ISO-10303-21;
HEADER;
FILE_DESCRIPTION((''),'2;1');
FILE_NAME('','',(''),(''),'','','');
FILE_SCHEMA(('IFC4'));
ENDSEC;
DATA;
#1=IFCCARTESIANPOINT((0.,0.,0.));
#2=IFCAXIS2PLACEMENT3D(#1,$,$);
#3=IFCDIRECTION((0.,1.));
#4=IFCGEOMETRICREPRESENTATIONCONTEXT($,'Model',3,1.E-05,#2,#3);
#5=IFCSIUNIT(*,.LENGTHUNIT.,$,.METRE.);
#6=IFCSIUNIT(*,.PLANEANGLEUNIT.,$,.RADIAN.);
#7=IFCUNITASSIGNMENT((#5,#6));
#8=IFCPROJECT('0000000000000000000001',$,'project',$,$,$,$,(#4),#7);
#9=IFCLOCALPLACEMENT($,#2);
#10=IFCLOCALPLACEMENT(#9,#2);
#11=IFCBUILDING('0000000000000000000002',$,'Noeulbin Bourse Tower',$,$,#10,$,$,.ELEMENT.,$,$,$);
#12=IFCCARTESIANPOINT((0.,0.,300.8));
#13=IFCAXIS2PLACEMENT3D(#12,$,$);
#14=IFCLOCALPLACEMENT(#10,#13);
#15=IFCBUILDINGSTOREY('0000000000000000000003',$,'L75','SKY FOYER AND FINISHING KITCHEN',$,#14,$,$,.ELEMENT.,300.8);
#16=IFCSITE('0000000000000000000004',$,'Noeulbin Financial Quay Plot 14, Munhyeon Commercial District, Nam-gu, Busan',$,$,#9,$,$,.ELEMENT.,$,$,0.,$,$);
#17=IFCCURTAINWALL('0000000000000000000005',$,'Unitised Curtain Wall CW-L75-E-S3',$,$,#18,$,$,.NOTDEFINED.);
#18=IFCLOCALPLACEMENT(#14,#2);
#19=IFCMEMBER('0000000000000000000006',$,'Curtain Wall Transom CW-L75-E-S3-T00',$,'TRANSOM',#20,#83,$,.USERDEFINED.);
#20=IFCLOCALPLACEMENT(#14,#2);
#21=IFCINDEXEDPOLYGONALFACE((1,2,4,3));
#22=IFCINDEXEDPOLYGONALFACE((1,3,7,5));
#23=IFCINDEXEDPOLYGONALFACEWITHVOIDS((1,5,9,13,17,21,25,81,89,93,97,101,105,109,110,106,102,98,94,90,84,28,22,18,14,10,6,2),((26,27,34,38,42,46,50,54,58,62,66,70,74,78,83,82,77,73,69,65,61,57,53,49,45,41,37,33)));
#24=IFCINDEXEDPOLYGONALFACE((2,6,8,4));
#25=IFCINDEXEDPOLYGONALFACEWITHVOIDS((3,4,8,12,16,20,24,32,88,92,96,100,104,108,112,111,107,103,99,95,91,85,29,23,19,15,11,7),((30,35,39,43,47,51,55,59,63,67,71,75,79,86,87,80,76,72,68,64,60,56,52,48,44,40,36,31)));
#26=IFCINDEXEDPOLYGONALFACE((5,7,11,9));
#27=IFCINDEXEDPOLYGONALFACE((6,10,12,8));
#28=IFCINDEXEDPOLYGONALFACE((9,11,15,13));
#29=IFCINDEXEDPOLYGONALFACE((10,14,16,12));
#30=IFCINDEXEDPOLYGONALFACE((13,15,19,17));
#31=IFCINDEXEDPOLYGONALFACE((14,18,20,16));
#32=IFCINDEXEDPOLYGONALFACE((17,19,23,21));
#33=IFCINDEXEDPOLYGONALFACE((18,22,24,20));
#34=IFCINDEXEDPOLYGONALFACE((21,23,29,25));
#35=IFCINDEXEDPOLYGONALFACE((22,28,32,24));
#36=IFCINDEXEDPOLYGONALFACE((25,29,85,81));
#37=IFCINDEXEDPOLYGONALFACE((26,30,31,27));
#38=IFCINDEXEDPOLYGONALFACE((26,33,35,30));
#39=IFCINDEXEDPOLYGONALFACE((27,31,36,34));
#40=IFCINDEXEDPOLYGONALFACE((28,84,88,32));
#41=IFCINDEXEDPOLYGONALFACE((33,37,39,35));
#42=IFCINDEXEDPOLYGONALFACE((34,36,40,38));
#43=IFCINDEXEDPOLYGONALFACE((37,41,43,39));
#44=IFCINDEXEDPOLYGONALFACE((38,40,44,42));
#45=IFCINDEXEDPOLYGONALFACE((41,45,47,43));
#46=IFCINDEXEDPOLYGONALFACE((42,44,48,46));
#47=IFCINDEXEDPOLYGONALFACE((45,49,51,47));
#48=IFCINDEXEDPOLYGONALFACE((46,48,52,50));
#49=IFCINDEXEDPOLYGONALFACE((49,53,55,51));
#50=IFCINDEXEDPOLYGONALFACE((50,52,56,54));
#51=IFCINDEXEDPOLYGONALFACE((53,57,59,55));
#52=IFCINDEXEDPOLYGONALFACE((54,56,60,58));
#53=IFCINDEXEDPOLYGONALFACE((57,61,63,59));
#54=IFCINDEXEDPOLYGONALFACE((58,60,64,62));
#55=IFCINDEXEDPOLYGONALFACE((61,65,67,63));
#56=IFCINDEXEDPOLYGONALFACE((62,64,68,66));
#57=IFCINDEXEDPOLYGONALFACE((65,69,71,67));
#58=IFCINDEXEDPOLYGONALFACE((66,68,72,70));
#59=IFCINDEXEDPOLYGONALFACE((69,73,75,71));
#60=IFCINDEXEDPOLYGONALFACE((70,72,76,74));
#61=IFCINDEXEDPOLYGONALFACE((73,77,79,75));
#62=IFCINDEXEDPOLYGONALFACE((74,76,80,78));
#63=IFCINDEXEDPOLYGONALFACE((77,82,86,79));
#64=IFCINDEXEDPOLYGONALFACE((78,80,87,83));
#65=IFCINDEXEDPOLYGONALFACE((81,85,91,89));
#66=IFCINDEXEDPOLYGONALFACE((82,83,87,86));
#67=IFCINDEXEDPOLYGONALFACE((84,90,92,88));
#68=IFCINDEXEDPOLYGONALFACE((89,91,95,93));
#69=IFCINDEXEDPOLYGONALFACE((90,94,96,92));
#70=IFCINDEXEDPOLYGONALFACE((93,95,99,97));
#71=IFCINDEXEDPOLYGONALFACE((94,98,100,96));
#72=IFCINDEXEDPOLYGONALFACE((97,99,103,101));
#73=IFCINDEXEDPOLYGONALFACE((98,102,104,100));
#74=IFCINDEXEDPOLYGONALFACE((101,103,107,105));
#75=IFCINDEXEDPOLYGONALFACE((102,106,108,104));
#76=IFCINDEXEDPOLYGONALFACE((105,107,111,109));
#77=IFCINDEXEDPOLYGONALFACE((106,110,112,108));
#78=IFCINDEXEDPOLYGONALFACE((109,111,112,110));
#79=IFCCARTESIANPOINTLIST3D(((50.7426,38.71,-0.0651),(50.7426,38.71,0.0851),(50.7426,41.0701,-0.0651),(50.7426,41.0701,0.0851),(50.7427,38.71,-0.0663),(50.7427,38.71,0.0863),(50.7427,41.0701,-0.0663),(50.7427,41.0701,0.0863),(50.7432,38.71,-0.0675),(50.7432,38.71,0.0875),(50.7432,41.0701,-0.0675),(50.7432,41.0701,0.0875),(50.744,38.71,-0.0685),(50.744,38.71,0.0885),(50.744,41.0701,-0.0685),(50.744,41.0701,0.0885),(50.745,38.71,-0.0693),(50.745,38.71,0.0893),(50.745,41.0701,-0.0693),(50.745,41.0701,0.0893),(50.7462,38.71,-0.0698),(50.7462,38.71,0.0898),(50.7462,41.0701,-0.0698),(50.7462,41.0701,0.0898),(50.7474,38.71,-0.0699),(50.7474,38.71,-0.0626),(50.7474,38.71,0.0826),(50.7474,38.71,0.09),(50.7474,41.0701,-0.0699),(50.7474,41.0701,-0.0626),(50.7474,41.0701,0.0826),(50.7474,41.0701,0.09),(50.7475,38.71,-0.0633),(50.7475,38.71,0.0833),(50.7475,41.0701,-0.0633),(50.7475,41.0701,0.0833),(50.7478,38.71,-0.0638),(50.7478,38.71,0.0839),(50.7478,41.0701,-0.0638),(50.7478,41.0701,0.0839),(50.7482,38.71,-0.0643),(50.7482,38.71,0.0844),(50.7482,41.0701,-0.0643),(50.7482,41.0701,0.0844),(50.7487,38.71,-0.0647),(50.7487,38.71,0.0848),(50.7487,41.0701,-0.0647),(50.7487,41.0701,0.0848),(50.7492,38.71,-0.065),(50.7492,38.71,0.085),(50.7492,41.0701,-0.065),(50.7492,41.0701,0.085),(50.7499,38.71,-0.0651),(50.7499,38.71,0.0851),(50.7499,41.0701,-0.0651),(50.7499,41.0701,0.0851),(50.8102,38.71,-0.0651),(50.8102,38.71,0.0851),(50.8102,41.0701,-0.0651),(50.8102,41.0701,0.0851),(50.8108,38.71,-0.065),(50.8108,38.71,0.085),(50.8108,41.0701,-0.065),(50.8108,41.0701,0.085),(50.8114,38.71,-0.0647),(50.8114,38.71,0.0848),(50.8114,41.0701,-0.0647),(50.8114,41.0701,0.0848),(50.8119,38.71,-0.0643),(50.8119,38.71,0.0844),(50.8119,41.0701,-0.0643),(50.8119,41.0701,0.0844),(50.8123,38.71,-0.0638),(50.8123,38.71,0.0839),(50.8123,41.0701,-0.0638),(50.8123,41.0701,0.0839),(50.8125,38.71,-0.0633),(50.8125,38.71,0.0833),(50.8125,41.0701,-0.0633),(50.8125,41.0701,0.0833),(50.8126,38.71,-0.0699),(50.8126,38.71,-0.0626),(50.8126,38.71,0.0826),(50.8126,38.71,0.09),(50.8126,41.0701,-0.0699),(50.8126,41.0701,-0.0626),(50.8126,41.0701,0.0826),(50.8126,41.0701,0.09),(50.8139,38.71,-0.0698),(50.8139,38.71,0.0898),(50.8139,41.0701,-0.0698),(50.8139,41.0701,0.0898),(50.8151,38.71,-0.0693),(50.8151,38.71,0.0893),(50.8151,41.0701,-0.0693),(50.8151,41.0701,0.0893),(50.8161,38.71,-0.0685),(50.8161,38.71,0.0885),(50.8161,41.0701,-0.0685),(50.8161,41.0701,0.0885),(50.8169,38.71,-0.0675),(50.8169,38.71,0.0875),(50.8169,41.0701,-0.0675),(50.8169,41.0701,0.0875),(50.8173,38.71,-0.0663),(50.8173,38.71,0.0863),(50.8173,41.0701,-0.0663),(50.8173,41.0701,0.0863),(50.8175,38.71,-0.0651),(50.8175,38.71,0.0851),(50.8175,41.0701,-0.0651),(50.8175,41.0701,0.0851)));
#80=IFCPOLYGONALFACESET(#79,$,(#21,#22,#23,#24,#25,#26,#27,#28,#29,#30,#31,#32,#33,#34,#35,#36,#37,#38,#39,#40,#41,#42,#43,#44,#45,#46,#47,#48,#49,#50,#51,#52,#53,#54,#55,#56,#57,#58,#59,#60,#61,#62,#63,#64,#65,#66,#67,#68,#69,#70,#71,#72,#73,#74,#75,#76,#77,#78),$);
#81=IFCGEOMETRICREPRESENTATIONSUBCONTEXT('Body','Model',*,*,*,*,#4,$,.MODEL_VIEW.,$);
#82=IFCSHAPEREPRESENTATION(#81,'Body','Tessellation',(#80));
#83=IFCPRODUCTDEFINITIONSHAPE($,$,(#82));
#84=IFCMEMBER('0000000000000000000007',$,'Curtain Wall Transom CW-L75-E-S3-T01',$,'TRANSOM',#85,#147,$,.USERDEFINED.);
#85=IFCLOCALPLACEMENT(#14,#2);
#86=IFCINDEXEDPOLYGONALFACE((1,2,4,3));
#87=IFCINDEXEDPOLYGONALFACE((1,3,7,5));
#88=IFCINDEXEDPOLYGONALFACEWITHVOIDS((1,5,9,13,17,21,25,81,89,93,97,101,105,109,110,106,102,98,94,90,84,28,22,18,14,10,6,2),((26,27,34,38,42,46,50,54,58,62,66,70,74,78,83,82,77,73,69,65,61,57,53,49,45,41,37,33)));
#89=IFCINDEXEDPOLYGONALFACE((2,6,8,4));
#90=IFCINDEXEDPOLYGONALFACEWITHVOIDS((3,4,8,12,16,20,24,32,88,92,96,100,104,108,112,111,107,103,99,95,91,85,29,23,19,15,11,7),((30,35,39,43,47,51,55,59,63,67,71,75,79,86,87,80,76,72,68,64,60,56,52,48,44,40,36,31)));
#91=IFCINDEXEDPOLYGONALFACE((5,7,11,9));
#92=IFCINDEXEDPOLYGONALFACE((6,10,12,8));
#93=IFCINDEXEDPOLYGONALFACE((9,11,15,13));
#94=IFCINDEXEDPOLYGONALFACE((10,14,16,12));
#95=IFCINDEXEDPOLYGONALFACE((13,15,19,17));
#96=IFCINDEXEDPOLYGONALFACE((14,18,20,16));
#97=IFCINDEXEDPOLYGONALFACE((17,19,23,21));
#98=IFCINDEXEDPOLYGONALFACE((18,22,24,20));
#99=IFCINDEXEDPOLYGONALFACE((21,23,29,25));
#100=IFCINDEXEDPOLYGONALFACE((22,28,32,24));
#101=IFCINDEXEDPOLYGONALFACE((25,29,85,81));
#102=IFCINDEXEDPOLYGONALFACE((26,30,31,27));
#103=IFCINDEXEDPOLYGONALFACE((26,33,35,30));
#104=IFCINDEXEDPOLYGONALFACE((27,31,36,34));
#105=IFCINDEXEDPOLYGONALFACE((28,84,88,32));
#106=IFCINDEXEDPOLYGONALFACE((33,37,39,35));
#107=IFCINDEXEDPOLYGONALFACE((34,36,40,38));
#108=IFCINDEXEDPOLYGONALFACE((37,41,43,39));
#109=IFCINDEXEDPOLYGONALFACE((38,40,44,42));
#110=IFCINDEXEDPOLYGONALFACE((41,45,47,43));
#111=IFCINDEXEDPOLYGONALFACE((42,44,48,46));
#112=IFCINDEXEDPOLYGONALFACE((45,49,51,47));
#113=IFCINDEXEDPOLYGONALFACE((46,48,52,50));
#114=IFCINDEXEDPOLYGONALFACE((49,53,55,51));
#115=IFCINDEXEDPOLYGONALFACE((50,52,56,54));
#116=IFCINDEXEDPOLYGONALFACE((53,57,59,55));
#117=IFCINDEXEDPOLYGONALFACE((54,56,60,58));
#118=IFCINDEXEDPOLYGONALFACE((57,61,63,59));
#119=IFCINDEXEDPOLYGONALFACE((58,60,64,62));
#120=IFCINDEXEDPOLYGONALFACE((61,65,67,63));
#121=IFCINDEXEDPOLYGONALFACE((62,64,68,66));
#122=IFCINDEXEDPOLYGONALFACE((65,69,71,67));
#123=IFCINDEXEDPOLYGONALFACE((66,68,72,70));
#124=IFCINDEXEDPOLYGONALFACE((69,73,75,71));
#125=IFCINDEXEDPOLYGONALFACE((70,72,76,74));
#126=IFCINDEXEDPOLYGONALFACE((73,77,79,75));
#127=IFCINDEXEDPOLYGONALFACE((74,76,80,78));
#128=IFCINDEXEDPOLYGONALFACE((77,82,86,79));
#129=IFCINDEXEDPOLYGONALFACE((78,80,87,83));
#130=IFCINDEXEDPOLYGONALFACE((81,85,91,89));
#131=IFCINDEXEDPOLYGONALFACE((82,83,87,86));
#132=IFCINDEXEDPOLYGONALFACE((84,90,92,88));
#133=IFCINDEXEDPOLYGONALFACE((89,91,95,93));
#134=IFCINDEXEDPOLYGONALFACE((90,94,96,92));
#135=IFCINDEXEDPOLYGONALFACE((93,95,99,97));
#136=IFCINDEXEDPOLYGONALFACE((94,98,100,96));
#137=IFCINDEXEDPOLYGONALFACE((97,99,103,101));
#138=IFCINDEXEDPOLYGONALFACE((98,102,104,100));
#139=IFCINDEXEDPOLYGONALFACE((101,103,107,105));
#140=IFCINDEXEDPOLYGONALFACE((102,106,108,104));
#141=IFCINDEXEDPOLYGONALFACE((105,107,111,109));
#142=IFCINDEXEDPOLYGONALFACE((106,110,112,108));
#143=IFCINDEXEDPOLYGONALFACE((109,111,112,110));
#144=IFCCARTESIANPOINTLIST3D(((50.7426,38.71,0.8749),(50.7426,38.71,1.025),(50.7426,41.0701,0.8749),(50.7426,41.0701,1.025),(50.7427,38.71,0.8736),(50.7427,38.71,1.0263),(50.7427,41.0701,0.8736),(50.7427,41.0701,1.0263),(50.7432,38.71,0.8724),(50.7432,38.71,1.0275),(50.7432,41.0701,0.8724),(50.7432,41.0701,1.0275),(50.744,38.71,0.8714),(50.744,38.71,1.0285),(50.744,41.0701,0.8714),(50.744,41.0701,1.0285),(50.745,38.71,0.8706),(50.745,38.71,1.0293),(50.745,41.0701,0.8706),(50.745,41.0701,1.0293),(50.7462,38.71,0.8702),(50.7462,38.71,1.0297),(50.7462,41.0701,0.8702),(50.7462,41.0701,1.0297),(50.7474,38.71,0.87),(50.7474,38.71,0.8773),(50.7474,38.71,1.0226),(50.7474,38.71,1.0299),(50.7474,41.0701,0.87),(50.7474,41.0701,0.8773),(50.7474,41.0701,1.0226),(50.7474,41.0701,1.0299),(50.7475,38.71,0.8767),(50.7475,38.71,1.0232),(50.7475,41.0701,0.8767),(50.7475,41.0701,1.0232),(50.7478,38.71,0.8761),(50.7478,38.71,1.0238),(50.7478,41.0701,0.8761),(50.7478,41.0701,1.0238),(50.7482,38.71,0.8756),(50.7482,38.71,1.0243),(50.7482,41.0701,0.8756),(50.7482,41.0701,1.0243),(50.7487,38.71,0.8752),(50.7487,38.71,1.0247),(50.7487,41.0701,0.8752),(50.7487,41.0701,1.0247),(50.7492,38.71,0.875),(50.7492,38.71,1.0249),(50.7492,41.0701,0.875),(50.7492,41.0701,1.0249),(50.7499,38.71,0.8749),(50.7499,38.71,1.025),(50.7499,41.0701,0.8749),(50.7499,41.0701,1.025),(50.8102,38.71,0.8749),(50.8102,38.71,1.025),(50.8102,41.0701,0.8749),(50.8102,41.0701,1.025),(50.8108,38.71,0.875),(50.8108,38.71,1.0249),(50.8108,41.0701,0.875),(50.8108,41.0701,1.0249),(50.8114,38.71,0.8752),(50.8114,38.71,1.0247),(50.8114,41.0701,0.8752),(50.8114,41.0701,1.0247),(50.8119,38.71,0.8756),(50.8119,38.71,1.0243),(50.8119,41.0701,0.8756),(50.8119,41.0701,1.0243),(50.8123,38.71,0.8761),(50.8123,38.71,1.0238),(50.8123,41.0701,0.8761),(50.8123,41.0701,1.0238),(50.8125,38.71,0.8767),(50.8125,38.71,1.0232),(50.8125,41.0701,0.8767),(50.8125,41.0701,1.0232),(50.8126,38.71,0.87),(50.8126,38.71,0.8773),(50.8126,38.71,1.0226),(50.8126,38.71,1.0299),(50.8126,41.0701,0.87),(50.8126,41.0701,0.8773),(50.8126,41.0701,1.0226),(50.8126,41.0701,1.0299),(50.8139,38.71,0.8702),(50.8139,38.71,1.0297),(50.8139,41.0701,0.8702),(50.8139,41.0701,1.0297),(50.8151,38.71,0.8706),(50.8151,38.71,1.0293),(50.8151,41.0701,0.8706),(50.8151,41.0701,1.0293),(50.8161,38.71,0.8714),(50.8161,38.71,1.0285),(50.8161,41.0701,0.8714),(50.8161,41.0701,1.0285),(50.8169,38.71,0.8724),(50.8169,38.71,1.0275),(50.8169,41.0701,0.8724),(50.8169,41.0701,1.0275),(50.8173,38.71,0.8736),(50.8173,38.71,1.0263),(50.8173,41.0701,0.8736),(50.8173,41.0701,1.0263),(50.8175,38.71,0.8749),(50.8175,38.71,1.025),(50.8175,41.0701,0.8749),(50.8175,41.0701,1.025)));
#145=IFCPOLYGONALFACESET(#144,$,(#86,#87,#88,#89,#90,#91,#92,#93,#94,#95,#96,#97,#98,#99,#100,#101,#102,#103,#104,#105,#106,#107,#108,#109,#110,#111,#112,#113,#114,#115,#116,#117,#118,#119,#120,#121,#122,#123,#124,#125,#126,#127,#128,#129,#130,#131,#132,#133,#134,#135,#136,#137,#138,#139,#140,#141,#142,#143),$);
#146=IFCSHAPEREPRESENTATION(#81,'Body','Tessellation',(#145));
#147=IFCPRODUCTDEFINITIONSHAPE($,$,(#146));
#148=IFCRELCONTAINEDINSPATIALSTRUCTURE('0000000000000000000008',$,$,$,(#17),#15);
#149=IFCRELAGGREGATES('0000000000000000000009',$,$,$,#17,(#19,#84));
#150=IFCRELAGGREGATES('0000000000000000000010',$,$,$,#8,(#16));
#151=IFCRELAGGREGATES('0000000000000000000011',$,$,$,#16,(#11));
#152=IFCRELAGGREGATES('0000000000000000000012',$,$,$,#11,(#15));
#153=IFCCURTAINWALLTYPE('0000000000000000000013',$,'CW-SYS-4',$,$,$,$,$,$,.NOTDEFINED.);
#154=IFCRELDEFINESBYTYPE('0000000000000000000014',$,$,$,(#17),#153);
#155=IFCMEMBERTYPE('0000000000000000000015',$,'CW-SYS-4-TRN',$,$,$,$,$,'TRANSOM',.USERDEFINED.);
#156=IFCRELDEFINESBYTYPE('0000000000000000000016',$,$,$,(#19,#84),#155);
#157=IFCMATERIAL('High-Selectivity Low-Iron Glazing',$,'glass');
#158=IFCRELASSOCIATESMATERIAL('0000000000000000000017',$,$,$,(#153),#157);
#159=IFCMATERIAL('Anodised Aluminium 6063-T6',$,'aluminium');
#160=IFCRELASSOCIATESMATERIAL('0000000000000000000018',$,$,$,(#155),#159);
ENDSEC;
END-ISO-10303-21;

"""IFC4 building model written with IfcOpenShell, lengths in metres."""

from ifc_helpers import new_model, si_unit, direction, frame, origin, origin_2d, place, context, subcontext, project, spatial, hollow_rectangle, extrude, material, material_profile, profile_set, type_object, element, aggregate, save


model = new_model("IFC4")

# Units and contexts
model_context = context("Model", 3, precision=1e-05, world=origin(), true_north=direction((0.0, 1.0)))
body_context = subcontext(model_context, "Body", "Model", "MODEL_VIEW")
ifc_project = project(units=[si_unit("LENGTHUNIT", "METRE"), si_unit("PLANEANGLEUNIT", "RADIAN")], contexts=[model_context])

# Site, building, storey
site_placement = place(None, origin())
site = spatial("IfcSite", under=ifc_project, at=site_placement, Name="Noeulbin Financial Quay Plot 14, Munhyeon Commercial District, Nam-gu, Busan", CompositionType="ELEMENT", RefElevation=0.0)
building_placement = place(site_placement, origin())
building = spatial("IfcBuilding", under=site, at=building_placement, Name="Noeulbin Bourse Tower", CompositionType="ELEMENT")
storey_placement = place(building_placement, frame((0.0, 0.0, 300.8)))
storey = spatial("IfcBuildingStorey", under=building, at=storey_placement, Name="L75", Description="SKY FOYER AND FINISHING KITCHEN", CompositionType="ELEMENT", Elevation=300.8)

# Shared definitions
ifc_material_1 = material(Name="High-Selectivity Low-Iron Glazing", Category="glass")
curtain_wall_type = type_object("IfcCurtainWallType", Name="CW-SYS-4", PredefinedType="NOTDEFINED", material=ifc_material_1)
ifc_material_2 = material(Name="Anodised Aluminium 6063-T6", Category="aluminium")

# Curtain wall
curtain_wall_1_placement = place(storey_placement, origin())
curtain_wall_1 = element("IfcCurtainWall", 1, at=curtain_wall_1_placement, inside=storey, type_object=curtain_wall_type, Name="Unitised Curtain Wall CW-L75-E-S3", PredefinedType="NOTDEFINED")

# Members
ifc_material_profile_1 = material_profile(ifc_material_2, hollow_rectangle(XDim=0.075, YDim=0.1599, WallThickness=0.0049, InnerFilletRadius=0.0024, OuterFilletRadius=0.0049, at=origin_2d()), Name="ALU-TRAN-75x160x5", Category="LoadBearing")
ifc_profile_set_1 = profile_set([ifc_material_profile_1], Name="Anodised Aluminium 6063-T6")
member_type_1 = type_object("IfcMemberType", Name="CW-SYS-4-TRN", ElementType="TRANSOM", PredefinedType="USERDEFINED", material=ifc_profile_set_1)
member_1_placement = place(storey_placement, frame((50.78, 38.71, 0.01), z_axis=(0.0, 1.0, 0.0), x_axis=(-1.0, 0.0, 0.0)))
member_1 = element("IfcMember", 2, at=member_1_placement, type_object=member_type_1, Name="Curtain Wall Transom CW-L75-E-S3-T00", ObjectType="TRANSOM", PredefinedType="USERDEFINED", context=body_context, shape_type="SweptSolid", body=[
    extrude(hollow_rectangle(XDim=0.075, YDim=0.1599, WallThickness=0.0049, InnerFilletRadius=0.0024, OuterFilletRadius=0.0049, at=origin_2d()), origin(), (0.0, 0.0, 1.0), 2.3601),
])
member_2_placement = place(storey_placement, frame((50.78, 38.71, 0.95), z_axis=(0.0, 1.0, 0.0), x_axis=(-1.0, 0.0, 0.0)))
member_2 = element("IfcMember", 3, at=member_2_placement, type_object=member_type_1, Name="Curtain Wall Transom CW-L75-E-S3-T01", ObjectType="TRANSOM", PredefinedType="USERDEFINED", context=body_context, shape_type="SweptSolid", body=[
    extrude(hollow_rectangle(XDim=0.075, YDim=0.1599, WallThickness=0.0049, InnerFilletRadius=0.0024, OuterFilletRadius=0.0049, at=origin_2d()), origin(), (0.0, 0.0, 1.0), 2.3601),
])

aggregate(curtain_wall_1, [member_1, member_2])

save(model, "model.ifc")
